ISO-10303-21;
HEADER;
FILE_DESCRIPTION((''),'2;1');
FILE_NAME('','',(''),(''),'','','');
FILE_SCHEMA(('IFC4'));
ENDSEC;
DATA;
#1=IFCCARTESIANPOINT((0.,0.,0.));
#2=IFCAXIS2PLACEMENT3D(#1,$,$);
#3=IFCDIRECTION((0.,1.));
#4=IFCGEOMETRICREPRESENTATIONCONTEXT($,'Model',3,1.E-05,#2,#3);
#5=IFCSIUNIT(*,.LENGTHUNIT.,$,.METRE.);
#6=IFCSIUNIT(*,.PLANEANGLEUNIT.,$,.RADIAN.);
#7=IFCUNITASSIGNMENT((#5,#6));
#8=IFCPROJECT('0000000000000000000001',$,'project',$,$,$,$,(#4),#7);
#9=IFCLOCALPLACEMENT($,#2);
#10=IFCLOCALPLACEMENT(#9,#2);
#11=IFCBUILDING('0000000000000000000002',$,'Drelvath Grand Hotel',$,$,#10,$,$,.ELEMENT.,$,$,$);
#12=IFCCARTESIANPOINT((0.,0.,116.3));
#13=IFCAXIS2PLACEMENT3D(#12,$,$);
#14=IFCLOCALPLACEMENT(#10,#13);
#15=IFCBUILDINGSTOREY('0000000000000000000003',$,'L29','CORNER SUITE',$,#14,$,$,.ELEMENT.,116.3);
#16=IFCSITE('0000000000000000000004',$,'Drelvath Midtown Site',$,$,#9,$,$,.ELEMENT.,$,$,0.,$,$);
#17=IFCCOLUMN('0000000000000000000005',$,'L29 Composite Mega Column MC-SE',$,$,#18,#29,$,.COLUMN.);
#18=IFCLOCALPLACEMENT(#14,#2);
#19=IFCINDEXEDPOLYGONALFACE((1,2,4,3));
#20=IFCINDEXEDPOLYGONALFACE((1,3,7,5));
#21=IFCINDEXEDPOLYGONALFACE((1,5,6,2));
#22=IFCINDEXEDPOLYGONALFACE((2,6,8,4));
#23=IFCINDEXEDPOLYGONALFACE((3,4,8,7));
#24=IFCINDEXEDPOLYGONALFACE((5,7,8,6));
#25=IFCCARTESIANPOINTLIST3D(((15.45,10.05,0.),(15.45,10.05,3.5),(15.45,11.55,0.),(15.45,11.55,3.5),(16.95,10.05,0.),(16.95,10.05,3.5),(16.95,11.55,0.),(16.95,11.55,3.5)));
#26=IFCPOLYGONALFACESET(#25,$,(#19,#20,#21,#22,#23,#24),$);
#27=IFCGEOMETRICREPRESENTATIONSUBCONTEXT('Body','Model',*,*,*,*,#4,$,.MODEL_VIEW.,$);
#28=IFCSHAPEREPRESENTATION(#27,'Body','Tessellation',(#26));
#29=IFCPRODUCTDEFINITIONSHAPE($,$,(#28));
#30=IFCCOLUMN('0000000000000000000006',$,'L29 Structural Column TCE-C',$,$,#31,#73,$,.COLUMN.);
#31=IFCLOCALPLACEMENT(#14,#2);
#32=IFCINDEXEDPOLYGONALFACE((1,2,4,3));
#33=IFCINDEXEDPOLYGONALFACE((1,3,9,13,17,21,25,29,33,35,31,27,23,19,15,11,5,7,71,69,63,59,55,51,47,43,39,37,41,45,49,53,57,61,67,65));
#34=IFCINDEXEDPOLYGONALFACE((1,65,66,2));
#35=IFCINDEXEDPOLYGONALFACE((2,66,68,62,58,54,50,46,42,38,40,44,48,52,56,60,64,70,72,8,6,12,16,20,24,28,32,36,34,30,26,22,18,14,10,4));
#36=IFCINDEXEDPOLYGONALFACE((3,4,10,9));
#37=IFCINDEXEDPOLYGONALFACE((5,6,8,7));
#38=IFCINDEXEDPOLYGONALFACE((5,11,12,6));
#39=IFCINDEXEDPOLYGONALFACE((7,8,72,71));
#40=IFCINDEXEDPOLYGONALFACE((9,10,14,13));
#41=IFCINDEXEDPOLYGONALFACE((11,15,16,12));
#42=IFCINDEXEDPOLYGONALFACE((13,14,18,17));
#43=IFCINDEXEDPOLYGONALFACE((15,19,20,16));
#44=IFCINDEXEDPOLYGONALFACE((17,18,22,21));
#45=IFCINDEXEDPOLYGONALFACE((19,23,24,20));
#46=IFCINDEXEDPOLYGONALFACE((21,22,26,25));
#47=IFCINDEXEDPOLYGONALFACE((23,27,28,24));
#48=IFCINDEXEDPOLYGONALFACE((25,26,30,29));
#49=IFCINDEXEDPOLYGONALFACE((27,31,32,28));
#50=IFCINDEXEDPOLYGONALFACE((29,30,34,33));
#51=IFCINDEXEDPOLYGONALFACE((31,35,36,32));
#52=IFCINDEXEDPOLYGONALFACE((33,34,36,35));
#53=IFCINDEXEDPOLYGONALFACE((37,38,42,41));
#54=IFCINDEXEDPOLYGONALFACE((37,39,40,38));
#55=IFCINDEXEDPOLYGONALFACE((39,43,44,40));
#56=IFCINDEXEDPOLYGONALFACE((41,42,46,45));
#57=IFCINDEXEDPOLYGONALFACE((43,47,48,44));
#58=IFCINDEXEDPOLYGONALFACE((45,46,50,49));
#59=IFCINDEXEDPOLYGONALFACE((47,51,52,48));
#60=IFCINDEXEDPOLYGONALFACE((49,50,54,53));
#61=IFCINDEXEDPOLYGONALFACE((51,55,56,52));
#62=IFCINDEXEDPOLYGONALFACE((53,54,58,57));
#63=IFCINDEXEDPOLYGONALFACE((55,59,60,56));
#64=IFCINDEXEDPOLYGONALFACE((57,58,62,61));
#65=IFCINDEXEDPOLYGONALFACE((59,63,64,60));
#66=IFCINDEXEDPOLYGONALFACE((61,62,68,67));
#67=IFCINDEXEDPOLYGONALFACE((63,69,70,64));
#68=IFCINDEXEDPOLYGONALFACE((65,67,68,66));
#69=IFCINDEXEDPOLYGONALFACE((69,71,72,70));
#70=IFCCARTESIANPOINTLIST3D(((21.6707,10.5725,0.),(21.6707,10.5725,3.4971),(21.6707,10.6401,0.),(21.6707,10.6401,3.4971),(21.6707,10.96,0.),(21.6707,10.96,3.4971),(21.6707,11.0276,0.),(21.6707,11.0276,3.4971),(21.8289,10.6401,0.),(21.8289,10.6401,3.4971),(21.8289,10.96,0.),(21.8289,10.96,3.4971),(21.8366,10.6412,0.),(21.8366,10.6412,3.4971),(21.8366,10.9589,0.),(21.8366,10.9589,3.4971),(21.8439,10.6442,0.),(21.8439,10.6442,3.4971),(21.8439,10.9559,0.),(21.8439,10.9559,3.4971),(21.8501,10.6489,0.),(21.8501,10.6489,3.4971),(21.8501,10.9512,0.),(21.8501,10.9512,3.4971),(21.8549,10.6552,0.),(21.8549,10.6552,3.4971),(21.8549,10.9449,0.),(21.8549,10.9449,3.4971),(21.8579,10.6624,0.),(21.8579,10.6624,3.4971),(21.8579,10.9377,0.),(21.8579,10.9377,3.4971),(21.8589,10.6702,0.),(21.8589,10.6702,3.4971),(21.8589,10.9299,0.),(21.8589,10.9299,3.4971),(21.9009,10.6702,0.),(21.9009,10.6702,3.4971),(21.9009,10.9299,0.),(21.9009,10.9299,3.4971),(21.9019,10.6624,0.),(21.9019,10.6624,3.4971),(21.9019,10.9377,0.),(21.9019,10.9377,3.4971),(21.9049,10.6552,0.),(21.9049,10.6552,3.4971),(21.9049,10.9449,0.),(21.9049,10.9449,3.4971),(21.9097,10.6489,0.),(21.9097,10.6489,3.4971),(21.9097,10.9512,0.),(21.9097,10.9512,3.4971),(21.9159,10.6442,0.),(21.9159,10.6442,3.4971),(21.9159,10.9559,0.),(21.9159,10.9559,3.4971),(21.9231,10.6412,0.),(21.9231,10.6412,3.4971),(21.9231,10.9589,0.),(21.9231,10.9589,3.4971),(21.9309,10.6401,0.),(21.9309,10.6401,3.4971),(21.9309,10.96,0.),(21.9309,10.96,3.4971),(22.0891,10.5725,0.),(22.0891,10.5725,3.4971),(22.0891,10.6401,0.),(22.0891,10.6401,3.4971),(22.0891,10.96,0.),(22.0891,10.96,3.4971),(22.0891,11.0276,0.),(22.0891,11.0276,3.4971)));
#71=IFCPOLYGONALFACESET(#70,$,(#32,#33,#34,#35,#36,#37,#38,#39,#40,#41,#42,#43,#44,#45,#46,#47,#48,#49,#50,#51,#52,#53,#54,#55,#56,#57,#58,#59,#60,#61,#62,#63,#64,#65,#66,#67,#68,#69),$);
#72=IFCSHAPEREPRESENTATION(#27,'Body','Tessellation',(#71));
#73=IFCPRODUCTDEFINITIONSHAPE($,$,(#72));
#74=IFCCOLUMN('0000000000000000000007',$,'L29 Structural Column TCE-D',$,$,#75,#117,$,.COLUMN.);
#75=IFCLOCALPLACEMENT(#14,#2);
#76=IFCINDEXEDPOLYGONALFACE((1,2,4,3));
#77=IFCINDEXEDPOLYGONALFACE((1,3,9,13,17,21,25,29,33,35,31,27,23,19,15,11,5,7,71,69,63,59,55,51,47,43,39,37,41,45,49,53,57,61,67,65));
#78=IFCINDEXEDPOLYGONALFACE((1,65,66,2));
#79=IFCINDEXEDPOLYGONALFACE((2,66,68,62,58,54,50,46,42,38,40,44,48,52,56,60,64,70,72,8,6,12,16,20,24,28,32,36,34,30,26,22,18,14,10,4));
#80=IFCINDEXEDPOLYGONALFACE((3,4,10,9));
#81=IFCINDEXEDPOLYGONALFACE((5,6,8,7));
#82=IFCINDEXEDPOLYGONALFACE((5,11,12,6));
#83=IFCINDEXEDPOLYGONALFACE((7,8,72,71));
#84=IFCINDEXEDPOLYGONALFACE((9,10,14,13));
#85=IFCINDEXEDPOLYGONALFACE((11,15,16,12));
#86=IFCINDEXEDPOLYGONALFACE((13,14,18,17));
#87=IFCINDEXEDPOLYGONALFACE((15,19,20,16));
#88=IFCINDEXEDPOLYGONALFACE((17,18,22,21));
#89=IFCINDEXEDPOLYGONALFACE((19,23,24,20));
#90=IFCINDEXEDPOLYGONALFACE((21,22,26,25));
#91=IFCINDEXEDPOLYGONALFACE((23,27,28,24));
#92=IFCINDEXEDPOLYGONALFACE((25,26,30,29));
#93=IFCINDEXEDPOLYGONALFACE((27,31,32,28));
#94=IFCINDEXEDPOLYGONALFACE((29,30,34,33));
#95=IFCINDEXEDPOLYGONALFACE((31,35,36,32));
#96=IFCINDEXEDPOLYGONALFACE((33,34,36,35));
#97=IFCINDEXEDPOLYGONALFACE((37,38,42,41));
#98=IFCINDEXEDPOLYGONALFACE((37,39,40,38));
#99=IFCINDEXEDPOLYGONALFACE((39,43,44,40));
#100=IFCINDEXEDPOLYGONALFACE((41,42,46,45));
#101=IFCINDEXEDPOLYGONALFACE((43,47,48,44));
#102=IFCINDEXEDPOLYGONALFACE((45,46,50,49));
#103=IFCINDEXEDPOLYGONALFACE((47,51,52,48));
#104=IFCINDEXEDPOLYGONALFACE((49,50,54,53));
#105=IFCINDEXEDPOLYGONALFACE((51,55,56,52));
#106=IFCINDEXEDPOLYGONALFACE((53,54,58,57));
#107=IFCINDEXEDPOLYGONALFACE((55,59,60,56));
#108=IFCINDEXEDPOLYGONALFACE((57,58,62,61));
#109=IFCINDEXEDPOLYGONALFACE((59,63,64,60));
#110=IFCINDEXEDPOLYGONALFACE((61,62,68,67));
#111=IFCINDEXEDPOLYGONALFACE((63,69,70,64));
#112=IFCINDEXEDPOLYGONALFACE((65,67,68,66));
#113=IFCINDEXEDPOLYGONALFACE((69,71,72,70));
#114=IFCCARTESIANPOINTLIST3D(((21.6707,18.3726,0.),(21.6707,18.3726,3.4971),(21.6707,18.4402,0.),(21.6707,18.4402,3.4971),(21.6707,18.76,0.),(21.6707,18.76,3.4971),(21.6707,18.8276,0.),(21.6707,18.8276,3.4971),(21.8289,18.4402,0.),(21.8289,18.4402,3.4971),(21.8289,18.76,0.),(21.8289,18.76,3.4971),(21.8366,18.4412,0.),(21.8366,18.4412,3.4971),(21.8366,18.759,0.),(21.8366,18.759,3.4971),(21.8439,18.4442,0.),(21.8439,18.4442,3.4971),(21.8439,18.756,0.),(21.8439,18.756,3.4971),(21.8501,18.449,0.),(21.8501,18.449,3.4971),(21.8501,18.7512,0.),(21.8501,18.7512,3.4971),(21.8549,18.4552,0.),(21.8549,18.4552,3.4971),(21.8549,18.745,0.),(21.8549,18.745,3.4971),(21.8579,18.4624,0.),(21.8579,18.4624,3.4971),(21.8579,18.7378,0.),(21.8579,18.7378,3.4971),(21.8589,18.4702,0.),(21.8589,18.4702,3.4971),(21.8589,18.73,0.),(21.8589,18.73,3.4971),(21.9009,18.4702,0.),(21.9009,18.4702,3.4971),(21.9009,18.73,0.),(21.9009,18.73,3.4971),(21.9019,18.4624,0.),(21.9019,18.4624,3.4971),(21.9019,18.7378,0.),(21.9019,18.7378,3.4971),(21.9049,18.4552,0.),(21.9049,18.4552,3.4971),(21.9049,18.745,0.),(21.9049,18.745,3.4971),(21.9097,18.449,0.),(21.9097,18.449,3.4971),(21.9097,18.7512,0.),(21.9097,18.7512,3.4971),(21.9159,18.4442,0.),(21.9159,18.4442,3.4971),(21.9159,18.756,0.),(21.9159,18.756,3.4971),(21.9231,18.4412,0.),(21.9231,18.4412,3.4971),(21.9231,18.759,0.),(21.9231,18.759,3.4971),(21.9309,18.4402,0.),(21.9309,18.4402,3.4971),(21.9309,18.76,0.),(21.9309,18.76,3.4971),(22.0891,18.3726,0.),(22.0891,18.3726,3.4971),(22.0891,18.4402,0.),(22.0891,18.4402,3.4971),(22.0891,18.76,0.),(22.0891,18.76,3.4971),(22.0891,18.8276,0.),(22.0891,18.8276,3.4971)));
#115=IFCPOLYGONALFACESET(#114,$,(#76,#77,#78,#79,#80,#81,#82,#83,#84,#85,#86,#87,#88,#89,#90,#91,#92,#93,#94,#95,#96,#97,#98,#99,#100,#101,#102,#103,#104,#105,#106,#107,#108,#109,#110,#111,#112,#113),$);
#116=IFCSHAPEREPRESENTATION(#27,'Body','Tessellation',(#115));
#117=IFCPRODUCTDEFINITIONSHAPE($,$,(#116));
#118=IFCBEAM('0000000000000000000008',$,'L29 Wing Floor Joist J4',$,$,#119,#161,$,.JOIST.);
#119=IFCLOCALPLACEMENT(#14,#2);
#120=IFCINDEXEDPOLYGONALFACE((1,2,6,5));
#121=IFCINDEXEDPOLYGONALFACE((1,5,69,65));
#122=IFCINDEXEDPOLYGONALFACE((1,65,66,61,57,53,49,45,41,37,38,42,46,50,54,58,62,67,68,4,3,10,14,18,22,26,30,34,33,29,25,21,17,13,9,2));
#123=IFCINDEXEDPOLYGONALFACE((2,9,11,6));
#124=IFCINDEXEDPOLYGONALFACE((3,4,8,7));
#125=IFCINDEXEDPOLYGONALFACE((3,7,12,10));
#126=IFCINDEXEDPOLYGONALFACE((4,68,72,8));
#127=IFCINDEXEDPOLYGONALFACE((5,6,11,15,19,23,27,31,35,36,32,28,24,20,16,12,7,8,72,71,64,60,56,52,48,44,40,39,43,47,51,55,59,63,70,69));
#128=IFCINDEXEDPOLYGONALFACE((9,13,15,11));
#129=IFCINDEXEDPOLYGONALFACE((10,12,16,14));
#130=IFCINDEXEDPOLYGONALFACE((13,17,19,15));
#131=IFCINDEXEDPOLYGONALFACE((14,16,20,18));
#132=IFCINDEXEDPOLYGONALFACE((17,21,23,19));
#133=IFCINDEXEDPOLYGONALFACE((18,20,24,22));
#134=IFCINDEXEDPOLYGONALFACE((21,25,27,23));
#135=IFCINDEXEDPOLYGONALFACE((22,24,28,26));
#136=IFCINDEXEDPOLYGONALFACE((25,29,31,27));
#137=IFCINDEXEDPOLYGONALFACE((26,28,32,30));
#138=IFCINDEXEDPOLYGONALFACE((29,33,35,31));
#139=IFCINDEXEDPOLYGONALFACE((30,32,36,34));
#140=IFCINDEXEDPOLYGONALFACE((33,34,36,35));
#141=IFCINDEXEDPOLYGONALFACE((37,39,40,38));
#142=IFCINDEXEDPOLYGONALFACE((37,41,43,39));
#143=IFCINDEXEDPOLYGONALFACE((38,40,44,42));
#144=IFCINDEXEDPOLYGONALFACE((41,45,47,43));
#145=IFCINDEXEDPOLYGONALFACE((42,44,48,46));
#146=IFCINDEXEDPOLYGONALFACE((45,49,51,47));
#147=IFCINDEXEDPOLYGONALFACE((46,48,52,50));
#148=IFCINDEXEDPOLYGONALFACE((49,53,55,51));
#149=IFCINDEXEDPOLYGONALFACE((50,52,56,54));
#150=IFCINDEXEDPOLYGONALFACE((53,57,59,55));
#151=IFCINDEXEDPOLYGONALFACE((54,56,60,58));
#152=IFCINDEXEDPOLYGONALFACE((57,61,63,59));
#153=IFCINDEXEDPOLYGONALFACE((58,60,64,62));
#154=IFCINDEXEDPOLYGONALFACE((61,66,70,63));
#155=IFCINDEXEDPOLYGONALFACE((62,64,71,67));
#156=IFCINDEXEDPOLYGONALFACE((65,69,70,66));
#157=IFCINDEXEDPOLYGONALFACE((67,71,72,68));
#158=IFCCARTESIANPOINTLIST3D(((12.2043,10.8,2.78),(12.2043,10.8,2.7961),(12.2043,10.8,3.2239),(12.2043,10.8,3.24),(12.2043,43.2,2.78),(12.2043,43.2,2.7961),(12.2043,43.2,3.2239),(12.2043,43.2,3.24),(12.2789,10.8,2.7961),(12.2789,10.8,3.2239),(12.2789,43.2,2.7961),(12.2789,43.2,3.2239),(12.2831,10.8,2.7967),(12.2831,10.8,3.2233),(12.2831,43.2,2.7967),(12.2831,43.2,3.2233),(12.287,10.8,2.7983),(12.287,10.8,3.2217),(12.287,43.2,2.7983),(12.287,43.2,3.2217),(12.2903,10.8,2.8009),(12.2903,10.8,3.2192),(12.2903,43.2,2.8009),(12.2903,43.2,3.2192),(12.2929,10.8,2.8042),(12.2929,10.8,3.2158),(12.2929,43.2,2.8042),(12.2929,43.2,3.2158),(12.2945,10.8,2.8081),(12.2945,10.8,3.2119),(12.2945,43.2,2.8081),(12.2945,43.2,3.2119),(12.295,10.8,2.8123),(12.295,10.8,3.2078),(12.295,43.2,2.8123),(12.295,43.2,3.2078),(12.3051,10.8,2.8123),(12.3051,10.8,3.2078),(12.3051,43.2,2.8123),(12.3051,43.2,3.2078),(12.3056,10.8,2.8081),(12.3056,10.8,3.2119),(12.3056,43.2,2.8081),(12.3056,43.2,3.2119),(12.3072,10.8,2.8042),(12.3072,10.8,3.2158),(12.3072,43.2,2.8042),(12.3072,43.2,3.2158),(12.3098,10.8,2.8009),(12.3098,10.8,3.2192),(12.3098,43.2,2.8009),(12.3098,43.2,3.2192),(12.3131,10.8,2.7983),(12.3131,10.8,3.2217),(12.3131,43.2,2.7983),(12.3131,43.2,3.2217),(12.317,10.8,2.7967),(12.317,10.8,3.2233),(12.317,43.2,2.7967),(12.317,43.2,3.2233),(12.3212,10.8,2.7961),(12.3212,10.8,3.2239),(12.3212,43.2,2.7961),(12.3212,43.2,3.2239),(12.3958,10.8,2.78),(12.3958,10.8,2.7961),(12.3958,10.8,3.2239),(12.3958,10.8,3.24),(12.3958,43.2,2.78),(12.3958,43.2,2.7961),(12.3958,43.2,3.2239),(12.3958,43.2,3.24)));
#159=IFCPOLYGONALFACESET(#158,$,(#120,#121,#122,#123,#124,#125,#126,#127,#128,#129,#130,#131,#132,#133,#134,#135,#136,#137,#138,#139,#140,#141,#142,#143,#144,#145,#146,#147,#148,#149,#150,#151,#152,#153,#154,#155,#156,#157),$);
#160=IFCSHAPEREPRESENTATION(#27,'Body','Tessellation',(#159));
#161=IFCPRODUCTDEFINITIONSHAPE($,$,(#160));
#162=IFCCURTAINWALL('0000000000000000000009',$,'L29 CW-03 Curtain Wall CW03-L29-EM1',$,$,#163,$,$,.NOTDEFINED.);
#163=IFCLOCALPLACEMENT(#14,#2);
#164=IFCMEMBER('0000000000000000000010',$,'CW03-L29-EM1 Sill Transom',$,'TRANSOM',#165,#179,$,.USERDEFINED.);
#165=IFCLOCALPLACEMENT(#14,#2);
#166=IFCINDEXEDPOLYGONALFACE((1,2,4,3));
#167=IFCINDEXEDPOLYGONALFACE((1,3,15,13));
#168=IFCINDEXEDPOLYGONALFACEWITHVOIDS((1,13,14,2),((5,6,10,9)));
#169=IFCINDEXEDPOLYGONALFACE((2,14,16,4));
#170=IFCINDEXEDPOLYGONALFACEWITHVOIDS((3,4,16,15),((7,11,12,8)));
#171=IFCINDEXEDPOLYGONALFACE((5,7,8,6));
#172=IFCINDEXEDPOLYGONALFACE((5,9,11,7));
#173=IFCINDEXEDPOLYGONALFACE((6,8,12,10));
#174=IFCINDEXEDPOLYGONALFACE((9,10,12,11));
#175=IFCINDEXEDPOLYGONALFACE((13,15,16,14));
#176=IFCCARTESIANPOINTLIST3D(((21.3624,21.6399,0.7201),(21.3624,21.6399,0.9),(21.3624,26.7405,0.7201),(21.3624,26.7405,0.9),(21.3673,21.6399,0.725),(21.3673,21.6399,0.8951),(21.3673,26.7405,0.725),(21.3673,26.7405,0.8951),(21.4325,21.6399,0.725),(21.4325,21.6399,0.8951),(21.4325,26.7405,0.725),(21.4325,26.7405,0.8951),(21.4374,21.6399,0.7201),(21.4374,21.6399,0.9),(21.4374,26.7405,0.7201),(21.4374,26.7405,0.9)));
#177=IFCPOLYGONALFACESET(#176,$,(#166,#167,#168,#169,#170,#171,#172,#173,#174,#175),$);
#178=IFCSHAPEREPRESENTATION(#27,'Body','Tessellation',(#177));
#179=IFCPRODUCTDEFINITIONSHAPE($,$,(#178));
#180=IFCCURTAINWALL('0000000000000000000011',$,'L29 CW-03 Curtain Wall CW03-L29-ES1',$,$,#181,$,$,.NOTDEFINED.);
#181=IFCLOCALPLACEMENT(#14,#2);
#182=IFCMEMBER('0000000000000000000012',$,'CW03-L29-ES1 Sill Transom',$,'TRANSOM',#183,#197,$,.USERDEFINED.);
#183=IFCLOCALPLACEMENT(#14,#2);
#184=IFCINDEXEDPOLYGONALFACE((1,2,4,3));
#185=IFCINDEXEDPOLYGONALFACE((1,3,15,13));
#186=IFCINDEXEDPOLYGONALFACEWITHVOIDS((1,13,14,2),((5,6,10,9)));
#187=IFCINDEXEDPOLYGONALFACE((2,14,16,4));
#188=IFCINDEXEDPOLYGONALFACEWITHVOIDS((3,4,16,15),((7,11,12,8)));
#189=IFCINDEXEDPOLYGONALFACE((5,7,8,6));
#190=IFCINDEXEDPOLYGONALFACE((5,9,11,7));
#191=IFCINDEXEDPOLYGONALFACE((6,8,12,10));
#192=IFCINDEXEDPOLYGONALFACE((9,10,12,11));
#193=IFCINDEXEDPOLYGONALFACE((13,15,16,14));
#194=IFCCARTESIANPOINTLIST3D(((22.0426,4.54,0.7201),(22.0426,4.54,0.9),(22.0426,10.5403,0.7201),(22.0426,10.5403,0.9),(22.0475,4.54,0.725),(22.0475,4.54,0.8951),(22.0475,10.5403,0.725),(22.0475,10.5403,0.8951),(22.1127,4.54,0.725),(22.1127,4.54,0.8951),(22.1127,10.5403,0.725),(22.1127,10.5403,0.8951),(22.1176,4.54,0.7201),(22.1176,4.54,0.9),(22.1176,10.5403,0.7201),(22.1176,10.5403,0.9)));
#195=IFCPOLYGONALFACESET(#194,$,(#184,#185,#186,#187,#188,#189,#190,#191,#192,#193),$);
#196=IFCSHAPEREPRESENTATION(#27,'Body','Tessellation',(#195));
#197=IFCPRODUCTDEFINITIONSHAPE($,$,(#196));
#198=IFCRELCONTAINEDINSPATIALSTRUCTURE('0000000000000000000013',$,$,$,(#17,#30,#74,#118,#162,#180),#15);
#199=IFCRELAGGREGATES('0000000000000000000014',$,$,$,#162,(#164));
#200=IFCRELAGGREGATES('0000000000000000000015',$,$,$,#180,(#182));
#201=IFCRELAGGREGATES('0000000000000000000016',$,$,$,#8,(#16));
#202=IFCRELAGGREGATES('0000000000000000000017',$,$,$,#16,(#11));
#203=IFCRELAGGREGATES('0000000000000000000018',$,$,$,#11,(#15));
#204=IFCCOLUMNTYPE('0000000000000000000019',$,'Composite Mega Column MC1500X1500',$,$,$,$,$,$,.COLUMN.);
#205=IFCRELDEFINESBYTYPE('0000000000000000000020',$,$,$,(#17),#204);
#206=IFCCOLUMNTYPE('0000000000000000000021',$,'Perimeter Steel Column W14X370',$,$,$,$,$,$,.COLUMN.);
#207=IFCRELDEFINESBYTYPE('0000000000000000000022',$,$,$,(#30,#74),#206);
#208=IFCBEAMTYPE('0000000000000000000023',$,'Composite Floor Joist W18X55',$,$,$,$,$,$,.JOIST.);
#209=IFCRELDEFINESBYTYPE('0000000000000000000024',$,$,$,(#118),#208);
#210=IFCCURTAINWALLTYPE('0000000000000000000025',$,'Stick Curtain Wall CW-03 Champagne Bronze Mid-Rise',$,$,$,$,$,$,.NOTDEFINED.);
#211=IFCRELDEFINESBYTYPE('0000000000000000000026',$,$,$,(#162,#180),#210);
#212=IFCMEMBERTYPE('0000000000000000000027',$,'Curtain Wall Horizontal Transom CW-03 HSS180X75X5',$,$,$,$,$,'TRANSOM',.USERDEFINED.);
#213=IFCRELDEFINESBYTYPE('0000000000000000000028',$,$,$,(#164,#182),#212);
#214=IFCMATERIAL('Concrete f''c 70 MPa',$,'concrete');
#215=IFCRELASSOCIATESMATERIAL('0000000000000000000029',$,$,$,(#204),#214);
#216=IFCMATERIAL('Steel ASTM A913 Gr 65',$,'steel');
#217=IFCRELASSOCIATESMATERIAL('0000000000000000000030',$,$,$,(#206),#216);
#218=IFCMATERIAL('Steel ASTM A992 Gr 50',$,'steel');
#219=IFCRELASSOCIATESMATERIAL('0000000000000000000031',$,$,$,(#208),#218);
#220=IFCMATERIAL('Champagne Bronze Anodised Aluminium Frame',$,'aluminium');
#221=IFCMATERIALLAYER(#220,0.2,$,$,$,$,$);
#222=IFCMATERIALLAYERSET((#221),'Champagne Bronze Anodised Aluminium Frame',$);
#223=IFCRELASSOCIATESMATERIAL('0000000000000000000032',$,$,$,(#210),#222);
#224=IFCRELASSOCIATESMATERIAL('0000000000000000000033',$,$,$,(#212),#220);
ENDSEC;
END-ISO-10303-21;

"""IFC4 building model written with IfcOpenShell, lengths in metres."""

from ifc_helpers import new_model, si_unit, direction, frame, origin, origin_2d, place, context, subcontext, project, spatial, rectangle, hollow_rectangle, i_section, extrude, material, layer, layer_set, material_profile, profile_set, type_object, element, aggregate, save


model = new_model("IFC4")

# Units and contexts
model_context = context("Model", 3, precision=1e-05, world=origin(), true_north=direction((0.0, 1.0)))
body_context = subcontext(model_context, "Body", "Model", "MODEL_VIEW")
ifc_project = project(units=[si_unit("LENGTHUNIT", "METRE"), si_unit("PLANEANGLEUNIT", "RADIAN")], contexts=[model_context])

# Site, building, storey
site_placement = place(None, origin())
site = spatial("IfcSite", under=ifc_project, at=site_placement, Name="Drelvath Midtown Site", CompositionType="ELEMENT", RefElevation=0.0)
building_placement = place(site_placement, origin())
building = spatial("IfcBuilding", under=site, at=building_placement, Name="Drelvath Grand Hotel", CompositionType="ELEMENT")
storey_placement = place(building_placement, frame((0.0, 0.0, 116.3)))
storey = spatial("IfcBuildingStorey", under=building, at=storey_placement, Name="L29", Description="CORNER SUITE", CompositionType="ELEMENT", Elevation=116.3)

# Columns
ifc_material_1 = material(Name="Concrete f'c 70 MPa", Category="concrete")
ifc_material_profile_1 = material_profile(ifc_material_1, rectangle(XDim=1.5, YDim=1.5, at=origin_2d()), Name="MC1500X1500")
ifc_profile_set_1 = profile_set([ifc_material_profile_1], Name="Concrete f'c 70 MPa")
column_type_1 = type_object("IfcColumnType", Name="Composite Mega Column MC1500X1500", PredefinedType="COLUMN", material=ifc_profile_set_1)
column_placement = place(storey_placement, frame((16.2, 10.8, 0.0), z_axis=(0.0, 0.0, 1.0), x_axis=(1.0, 0.0, 0.0)))
element("IfcColumn", 1, at=column_placement, inside=storey, type_object=column_type_1, Name="L29 Composite Mega Column MC-SE", PredefinedType="COLUMN", context=body_context, shape_type="SweptSolid", body=[
    extrude(rectangle(XDim=1.5, YDim=1.5, at=origin_2d()), origin(), (0.0, 0.0, 1.0), 3.5),
])
ifc_material_2 = material(Name="Steel ASTM A913 Gr 65", Category="steel")
ifc_material_profile_2 = material_profile(ifc_material_2, i_section(OverallWidth=0.4185, OverallDepth=0.4551, WebThickness=0.042, FlangeThickness=0.0676, FilletRadius=0.03, at=origin_2d()), Name="W14X370")
ifc_profile_set_2 = profile_set([ifc_material_profile_2], Name="Steel ASTM A913 Gr 65")
column_type_2 = type_object("IfcColumnType", Name="Perimeter Steel Column W14X370", PredefinedType="COLUMN", material=ifc_profile_set_2)
for number, where, z_axis, x_axis, name in (
    (2, (21.8799, 10.8, 0.0), (0.0, 0.0, 1.0), (1.0, 0.0, 0.0), "L29 Structural Column TCE-C"),
    (3, (21.8799, 18.6001, 0.0), (0.0, 0.0, 1.0), (1.0, 0.0, 0.0), "L29 Structural Column TCE-D"),
):
    element("IfcColumn", number, at=place(storey_placement, frame(where, z_axis=z_axis, x_axis=x_axis)), inside=storey, type_object=column_type_2, Name=name, PredefinedType="COLUMN", context=body_context, shape_type="SweptSolid", body=[
        extrude(i_section(OverallWidth=0.4185, OverallDepth=0.4551, WebThickness=0.042, FlangeThickness=0.0676, FilletRadius=0.03, at=origin_2d()), origin(), (0.0, 0.0, 1.0), 3.4971),
    ])

# Beam
ifc_material_3 = material(Name="Steel ASTM A992 Gr 50", Category="steel")
ifc_material_profile_3 = material_profile(ifc_material_3, i_section(OverallWidth=0.1914, OverallDepth=0.46, WebThickness=0.01, FlangeThickness=0.0161, FilletRadius=0.0161, at=origin_2d()), Name="W18X55")
ifc_profile_set_3 = profile_set([ifc_material_profile_3], Name="Steel ASTM A992 Gr 50")
beam_type_1 = type_object("IfcBeamType", Name="Composite Floor Joist W18X55", PredefinedType="JOIST", material=ifc_profile_set_3)
beam_1_placement = place(storey_placement, frame((12.3, 10.8, 3.01), z_axis=(0.0, 1.0, 0.0), x_axis=(-1.0, 0.0, 0.0)))
element("IfcBeam", 4, at=beam_1_placement, inside=storey, type_object=beam_type_1, Name="L29 Wing Floor Joist J4", PredefinedType="JOIST", context=body_context, shape_type="SweptSolid", body=[
    extrude(i_section(OverallWidth=0.1914, OverallDepth=0.46, WebThickness=0.01, FlangeThickness=0.0161, FilletRadius=0.0161, at=origin_2d()), origin(), (0.0, 0.0, 1.0), 32.3999),
])

# Curtain walls, members
ifc_material_4 = material(Name="Champagne Bronze Anodised Aluminium Frame", Category="aluminium")
ifc_layer_1 = layer(ifc_material_4, 0.2)
ifc_layer_set_1 = layer_set([ifc_layer_1], Name="Champagne Bronze Anodised Aluminium Frame")
curtain_wall_type = type_object("IfcCurtainWallType", Name="Stick Curtain Wall CW-03 Champagne Bronze Mid-Rise", PredefinedType="NOTDEFINED", material=ifc_layer_set_1)
curtain_wall_1_placement = place(storey_placement, origin())
curtain_wall_1 = element("IfcCurtainWall", 5, at=curtain_wall_1_placement, inside=storey, type_object=curtain_wall_type, Name="L29 CW-03 Curtain Wall CW03-L29-EM1", PredefinedType="NOTDEFINED")
ifc_material_profile_4 = material_profile(ifc_material_4, hollow_rectangle(XDim=0.075, YDim=0.1799, WallThickness=0.0049, at=origin_2d()), Name="HSS180X75X5")
ifc_profile_set_4 = profile_set([ifc_material_profile_4], Name="Champagne Bronze Anodised Aluminium Frame")
member_type_1 = type_object("IfcMemberType", Name="Curtain Wall Horizontal Transom CW-03 HSS180X75X5", ElementType="TRANSOM", PredefinedType="USERDEFINED", material=ifc_profile_set_4)
member_1_placement = place(storey_placement, frame((21.3999, 26.7405, 0.8101), z_axis=(0.0, -1.0, 0.0), x_axis=(1.0, 0.0, 0.0)))
member_1 = element("IfcMember", 6, at=member_1_placement, type_object=member_type_1, Name="CW03-L29-EM1 Sill Transom", ObjectType="TRANSOM", PredefinedType="USERDEFINED", context=body_context, shape_type="SweptSolid", body=[
    extrude(hollow_rectangle(XDim=0.075, YDim=0.1799, WallThickness=0.0049, at=origin_2d()), origin(), (0.0, 0.0, 1.0), 5.1006),
])
curtain_wall_2_placement = place(storey_placement, origin())
curtain_wall_2 = element("IfcCurtainWall", 7, at=curtain_wall_2_placement, inside=storey, type_object=curtain_wall_type, Name="L29 CW-03 Curtain Wall CW03-L29-ES1", PredefinedType="NOTDEFINED")
member_2_placement = place(storey_placement, frame((22.0801, 10.5403, 0.8101), z_axis=(0.0, -1.0, 0.0), x_axis=(1.0, 0.0, 0.0)))
member_2 = element("IfcMember", 8, at=member_2_placement, type_object=member_type_1, Name="CW03-L29-ES1 Sill Transom", ObjectType="TRANSOM", PredefinedType="USERDEFINED", context=body_context, shape_type="SweptSolid", body=[
    extrude(hollow_rectangle(XDim=0.075, YDim=0.1799, WallThickness=0.0049, at=origin_2d()), origin(), (0.0, 0.0, 1.0), 6.0002),
])

aggregate(curtain_wall_1, [member_1])
aggregate(curtain_wall_2, [member_2])

save(model, "model.ifc")
